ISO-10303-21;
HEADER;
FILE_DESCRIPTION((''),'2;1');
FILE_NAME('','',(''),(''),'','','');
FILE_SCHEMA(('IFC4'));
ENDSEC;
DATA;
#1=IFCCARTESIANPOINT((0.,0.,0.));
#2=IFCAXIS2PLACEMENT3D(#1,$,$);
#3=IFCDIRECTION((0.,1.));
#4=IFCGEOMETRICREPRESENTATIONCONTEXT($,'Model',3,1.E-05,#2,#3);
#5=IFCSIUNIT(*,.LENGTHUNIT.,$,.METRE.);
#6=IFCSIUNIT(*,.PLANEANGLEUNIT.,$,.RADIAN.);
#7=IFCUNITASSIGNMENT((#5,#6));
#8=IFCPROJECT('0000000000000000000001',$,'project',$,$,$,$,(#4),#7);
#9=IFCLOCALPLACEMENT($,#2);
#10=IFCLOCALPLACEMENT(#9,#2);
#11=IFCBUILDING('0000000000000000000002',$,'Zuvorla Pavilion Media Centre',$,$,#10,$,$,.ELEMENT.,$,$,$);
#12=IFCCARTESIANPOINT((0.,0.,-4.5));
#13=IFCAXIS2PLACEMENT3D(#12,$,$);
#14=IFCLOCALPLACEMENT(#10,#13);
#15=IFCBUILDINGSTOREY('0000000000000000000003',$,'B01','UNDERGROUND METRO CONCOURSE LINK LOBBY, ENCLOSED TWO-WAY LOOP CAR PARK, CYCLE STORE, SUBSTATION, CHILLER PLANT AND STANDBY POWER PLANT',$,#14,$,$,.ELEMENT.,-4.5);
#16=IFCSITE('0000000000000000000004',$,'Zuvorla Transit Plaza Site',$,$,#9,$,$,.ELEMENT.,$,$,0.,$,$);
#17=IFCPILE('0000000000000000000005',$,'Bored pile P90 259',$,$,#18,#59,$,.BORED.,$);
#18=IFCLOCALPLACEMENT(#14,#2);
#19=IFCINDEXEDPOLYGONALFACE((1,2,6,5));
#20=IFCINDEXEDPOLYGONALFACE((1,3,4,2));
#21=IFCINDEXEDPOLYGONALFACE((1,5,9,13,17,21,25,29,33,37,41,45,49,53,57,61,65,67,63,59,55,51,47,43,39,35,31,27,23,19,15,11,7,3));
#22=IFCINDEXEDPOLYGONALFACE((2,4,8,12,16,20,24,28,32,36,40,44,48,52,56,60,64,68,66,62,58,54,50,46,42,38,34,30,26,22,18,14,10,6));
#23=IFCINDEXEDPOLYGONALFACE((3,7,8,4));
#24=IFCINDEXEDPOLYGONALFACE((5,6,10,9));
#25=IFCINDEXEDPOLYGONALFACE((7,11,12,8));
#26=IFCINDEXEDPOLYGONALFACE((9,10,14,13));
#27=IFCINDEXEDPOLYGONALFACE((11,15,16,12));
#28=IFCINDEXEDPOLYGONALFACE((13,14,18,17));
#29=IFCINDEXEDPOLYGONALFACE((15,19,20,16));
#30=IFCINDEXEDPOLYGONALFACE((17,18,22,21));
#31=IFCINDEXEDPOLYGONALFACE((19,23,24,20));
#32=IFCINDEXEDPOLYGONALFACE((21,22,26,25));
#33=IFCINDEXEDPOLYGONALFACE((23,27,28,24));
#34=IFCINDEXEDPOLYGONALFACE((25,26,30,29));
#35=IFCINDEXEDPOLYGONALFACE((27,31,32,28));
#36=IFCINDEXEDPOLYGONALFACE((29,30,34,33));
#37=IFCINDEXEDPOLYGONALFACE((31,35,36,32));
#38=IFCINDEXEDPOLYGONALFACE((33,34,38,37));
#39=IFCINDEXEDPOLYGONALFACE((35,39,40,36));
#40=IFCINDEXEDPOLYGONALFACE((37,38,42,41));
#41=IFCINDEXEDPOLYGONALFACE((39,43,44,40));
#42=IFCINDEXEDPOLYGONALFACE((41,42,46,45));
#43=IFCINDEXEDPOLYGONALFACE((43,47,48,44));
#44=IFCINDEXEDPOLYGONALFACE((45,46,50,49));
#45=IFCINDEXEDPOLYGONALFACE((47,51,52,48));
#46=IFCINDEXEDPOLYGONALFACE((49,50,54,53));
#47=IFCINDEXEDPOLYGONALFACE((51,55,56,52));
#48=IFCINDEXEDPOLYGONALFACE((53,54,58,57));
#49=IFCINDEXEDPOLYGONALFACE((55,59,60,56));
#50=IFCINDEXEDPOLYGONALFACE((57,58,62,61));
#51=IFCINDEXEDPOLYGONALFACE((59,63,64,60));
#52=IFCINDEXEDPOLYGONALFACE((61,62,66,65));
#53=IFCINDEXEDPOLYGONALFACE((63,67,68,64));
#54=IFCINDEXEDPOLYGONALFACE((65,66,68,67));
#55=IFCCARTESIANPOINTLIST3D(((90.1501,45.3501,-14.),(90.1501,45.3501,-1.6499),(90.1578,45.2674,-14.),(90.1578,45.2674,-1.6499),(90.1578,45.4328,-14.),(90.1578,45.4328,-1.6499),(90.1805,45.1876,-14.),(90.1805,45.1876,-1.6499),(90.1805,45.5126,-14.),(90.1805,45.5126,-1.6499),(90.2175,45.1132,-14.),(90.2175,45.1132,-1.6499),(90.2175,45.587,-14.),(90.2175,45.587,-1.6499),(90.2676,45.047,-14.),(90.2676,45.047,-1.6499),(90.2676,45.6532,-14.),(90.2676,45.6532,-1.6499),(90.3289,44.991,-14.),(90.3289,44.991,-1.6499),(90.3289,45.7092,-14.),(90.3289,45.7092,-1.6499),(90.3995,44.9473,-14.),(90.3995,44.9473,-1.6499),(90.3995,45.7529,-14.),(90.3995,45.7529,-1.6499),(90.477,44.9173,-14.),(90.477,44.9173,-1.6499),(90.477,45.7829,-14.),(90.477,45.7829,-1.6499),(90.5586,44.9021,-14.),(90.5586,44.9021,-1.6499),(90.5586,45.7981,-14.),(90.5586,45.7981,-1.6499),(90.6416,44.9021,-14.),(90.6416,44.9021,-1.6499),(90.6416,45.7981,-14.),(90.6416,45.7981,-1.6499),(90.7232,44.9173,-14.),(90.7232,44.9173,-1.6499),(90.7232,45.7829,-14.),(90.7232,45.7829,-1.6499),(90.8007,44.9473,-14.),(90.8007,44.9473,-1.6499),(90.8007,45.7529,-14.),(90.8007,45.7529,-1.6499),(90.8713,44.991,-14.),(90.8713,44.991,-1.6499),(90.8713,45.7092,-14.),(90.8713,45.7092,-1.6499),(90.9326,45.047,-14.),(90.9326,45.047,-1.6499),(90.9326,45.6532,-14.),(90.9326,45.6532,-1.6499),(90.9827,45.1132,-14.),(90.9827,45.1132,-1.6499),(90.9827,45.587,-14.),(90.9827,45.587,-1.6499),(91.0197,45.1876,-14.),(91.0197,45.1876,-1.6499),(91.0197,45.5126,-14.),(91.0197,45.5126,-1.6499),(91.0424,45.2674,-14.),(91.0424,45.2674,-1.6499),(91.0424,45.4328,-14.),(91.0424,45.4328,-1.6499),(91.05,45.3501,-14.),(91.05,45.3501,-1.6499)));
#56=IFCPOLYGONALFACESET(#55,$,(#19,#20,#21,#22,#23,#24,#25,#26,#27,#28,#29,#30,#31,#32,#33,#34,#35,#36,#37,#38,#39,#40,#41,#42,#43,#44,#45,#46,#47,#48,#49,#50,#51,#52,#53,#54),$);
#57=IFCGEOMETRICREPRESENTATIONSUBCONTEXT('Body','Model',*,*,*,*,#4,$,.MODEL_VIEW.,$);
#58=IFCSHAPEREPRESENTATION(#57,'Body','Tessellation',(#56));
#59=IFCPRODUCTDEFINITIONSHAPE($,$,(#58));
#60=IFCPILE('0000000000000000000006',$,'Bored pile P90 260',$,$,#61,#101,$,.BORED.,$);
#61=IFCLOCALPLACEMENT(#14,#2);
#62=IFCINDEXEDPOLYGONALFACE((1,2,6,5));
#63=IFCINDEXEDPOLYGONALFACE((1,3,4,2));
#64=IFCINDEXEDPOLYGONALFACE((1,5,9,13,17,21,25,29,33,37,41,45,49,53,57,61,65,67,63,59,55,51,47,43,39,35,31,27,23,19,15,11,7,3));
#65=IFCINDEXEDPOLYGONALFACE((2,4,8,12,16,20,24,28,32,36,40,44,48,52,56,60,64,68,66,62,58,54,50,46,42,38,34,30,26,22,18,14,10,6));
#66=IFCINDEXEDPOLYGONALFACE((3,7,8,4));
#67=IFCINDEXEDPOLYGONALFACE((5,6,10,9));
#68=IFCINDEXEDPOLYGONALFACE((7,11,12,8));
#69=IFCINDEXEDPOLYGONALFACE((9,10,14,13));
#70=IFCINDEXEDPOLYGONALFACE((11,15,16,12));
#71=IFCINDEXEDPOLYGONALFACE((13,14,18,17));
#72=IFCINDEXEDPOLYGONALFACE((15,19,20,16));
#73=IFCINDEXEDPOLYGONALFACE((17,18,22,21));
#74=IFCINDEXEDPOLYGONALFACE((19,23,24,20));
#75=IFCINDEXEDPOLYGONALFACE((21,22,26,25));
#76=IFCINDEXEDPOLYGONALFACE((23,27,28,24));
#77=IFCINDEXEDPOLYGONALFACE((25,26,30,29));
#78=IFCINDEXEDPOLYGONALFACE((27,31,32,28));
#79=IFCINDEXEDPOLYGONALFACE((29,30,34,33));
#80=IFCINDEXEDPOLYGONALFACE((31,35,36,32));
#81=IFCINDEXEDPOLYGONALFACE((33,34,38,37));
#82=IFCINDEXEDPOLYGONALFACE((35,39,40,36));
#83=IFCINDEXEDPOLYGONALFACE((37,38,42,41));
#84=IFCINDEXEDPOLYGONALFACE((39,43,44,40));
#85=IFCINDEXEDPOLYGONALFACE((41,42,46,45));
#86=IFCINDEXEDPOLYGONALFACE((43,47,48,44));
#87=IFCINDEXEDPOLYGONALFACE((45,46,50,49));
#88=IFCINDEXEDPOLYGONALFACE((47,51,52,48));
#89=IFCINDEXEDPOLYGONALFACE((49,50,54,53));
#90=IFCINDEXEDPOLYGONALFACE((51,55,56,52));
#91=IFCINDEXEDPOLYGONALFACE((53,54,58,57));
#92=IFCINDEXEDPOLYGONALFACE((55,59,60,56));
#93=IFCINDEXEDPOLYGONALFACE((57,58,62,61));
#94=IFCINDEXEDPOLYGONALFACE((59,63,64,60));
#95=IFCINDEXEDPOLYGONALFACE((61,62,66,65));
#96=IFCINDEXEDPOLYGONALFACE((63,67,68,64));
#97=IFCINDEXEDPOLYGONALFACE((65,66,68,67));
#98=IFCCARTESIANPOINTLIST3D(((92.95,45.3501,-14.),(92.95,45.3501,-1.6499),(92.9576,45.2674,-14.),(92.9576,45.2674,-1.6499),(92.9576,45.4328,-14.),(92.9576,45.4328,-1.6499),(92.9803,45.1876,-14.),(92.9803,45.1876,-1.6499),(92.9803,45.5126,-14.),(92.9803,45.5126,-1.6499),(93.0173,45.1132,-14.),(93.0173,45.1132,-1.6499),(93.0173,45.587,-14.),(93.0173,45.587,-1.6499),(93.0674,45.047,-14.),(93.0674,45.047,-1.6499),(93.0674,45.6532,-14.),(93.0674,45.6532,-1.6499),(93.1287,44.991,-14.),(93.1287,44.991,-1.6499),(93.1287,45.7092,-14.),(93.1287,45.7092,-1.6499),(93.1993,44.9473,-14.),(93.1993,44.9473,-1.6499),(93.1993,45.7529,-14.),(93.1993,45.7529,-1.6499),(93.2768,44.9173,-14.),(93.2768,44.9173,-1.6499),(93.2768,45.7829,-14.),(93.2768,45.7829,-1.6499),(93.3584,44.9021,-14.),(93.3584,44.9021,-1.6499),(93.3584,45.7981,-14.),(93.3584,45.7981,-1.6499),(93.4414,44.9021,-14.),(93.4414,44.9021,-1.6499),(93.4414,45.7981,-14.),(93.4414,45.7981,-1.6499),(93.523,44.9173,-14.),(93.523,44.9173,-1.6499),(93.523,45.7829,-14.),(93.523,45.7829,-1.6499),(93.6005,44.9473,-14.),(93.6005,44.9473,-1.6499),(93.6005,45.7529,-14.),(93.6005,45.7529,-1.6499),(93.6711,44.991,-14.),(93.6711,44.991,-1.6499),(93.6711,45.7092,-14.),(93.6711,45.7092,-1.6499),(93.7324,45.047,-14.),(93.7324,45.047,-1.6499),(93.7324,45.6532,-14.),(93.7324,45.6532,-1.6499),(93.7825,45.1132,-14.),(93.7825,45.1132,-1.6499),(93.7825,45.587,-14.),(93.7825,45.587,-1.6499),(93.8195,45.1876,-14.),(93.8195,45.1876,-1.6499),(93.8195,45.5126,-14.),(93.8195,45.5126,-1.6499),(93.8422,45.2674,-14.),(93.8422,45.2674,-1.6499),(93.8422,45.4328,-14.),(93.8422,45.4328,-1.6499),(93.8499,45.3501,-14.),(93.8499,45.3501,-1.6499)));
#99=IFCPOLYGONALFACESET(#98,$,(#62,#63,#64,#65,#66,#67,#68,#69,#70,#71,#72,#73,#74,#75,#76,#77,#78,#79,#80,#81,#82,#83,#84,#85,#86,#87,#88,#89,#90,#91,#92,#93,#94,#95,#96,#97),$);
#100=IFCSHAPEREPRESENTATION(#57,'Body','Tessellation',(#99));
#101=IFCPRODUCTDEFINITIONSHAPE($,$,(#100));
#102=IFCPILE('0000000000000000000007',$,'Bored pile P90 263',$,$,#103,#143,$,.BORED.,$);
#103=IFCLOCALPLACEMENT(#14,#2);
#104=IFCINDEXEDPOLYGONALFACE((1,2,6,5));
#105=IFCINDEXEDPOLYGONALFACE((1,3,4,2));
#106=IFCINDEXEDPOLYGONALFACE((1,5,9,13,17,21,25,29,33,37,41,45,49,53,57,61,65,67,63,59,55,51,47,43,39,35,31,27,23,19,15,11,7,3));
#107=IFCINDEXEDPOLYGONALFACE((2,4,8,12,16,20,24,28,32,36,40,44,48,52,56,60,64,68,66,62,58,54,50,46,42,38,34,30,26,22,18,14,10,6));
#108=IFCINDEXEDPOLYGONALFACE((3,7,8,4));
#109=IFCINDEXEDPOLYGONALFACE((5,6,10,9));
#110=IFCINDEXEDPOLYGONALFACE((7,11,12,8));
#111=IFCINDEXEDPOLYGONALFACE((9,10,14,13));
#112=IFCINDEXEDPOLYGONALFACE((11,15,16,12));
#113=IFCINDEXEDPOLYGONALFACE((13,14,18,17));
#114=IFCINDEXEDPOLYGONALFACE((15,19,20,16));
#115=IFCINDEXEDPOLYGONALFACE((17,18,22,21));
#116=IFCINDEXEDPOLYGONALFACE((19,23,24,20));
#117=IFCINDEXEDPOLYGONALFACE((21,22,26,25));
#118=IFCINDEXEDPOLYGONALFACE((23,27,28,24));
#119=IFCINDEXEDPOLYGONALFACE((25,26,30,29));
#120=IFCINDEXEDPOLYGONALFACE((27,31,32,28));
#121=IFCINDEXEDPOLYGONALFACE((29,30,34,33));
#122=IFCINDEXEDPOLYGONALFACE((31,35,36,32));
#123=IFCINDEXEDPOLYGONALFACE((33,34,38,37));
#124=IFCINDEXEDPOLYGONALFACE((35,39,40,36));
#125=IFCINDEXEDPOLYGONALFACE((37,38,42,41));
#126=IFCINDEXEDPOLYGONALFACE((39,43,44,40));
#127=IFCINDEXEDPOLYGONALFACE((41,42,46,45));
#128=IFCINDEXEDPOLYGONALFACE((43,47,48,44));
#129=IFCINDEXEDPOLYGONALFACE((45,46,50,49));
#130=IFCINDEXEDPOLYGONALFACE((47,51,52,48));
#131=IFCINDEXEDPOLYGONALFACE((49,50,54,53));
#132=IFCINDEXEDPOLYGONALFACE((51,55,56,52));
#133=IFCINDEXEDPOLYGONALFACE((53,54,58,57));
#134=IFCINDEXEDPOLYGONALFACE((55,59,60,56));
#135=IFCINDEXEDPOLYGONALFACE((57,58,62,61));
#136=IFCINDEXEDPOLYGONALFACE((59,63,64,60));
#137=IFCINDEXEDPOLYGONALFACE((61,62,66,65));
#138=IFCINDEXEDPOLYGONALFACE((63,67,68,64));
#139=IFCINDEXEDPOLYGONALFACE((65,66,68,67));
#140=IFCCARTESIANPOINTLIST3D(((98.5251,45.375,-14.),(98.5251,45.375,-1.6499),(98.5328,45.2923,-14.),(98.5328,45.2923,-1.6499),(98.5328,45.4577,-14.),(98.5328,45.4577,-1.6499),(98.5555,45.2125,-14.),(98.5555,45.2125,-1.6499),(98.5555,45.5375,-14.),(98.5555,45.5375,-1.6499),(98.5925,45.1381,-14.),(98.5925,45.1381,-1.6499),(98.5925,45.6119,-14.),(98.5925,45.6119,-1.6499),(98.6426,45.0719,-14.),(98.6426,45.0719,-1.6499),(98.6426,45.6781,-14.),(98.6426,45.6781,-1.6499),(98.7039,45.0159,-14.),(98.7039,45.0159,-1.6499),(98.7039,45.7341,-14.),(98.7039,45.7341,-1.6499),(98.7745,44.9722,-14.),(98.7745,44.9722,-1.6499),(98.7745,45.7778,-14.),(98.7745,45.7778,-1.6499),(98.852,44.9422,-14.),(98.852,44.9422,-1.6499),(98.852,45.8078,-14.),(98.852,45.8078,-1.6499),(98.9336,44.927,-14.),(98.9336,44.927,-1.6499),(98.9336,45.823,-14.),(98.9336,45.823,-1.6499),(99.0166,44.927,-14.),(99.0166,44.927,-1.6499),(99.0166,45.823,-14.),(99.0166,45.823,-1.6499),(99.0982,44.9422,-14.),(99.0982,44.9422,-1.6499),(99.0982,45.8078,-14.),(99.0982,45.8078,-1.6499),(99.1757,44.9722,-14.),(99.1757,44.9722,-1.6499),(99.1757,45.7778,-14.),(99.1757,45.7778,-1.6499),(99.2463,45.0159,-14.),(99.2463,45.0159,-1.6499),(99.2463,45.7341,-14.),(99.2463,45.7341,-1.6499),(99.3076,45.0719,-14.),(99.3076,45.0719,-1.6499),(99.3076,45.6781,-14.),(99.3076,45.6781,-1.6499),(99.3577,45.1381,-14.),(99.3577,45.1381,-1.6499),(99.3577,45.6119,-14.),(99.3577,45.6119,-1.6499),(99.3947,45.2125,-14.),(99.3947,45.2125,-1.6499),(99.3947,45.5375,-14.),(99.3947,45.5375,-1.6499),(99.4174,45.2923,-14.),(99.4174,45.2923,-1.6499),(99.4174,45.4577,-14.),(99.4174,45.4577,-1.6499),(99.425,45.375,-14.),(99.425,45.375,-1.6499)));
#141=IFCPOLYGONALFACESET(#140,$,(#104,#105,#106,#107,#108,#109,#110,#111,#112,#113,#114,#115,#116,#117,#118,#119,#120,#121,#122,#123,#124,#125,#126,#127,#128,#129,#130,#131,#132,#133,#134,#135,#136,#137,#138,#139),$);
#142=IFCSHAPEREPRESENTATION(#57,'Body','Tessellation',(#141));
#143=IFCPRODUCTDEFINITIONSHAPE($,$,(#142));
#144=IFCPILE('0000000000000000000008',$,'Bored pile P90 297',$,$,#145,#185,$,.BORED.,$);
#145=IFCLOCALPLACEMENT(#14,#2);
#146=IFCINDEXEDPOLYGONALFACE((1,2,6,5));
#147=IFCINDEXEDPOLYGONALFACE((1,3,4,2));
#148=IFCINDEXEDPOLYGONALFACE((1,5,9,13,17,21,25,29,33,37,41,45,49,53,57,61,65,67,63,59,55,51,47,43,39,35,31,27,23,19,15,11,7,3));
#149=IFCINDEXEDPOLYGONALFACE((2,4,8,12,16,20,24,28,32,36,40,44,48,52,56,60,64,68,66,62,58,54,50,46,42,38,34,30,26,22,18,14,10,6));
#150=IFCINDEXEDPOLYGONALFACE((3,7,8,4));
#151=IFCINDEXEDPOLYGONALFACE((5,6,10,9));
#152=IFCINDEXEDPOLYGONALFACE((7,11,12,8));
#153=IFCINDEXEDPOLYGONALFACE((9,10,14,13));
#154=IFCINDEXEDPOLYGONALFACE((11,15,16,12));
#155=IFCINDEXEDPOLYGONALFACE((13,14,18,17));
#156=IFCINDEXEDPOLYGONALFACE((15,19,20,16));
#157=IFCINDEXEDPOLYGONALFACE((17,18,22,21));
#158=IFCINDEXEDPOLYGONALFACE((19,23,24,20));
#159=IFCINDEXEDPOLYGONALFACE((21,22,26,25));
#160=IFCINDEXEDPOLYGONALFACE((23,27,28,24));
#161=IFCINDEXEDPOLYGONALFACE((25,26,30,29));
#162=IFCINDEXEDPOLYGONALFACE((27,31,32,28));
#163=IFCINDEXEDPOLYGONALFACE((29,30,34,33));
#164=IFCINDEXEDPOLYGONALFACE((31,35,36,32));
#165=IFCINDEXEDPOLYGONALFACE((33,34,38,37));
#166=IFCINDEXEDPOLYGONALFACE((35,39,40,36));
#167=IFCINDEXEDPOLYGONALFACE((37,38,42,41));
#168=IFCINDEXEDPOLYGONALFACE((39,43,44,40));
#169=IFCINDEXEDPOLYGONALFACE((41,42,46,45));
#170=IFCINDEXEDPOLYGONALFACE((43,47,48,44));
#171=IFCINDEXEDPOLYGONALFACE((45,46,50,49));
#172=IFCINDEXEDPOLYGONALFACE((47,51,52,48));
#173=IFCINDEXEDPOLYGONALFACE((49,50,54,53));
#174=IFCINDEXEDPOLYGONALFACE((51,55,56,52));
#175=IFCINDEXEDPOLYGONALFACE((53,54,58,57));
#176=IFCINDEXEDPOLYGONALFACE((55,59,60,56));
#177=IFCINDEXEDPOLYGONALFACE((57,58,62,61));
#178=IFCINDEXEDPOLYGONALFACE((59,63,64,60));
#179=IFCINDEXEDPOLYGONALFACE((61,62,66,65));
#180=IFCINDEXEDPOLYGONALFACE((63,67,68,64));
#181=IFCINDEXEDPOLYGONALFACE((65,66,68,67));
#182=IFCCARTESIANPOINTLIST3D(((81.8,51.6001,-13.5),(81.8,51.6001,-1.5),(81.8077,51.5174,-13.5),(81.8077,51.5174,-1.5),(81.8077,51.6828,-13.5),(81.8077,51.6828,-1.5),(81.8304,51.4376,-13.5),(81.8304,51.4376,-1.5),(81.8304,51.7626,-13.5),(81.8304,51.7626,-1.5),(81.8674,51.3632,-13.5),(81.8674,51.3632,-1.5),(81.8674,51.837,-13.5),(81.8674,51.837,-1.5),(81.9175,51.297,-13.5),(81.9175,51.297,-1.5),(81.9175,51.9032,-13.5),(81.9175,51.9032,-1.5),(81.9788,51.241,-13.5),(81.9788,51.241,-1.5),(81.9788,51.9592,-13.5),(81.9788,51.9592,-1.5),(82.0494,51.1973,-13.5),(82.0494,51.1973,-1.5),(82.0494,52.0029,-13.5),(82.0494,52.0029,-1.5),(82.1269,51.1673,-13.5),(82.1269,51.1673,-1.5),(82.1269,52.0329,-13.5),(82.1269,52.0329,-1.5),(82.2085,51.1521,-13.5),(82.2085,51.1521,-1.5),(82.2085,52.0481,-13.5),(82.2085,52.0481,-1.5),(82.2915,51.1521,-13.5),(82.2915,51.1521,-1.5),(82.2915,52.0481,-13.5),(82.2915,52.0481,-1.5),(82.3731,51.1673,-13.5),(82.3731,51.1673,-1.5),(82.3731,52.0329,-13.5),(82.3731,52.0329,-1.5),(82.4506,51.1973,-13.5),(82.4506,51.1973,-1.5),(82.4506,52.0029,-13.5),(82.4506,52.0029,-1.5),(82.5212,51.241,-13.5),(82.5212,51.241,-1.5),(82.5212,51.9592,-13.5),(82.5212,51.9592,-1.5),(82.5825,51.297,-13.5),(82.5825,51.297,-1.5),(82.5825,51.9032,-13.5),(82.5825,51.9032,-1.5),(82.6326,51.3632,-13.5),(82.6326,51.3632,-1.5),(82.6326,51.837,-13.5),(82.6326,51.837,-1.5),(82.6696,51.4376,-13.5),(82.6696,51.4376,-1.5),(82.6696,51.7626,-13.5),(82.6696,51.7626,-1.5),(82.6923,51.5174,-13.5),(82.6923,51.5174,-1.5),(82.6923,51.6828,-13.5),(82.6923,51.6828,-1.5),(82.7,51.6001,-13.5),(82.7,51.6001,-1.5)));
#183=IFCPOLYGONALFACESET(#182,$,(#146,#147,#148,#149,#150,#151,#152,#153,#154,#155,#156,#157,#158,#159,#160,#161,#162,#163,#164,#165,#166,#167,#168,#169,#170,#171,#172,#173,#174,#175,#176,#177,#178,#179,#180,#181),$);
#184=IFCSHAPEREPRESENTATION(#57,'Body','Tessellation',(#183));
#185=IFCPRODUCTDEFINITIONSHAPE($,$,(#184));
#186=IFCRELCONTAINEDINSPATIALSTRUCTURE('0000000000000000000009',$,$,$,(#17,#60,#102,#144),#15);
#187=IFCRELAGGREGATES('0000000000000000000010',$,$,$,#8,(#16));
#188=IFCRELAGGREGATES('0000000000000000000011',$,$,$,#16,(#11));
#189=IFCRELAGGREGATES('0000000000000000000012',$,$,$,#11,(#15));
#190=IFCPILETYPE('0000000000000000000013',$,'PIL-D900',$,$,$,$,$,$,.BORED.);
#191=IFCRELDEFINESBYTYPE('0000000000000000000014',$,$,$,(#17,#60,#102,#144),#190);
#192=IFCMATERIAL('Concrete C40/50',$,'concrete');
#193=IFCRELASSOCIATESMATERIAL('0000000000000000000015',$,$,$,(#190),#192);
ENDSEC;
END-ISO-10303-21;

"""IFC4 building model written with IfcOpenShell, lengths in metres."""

from ifc_helpers import new_model, si_unit, direction, frame, origin, origin_2d, place, context, subcontext, project, spatial, circle, extrude, material, material_profile, profile_set, type_object, element, save


model = new_model("IFC4")

# Units and contexts
model_context = context("Model", 3, precision=1e-05, world=origin(), true_north=direction((0.0, 1.0)))
body_context = subcontext(model_context, "Body", "Model", "MODEL_VIEW")
ifc_project = project(units=[si_unit("LENGTHUNIT", "METRE"), si_unit("PLANEANGLEUNIT", "RADIAN")], contexts=[model_context])

# Site, building, storey
site_placement = place(None, origin())
site = spatial("IfcSite", under=ifc_project, at=site_placement, Name="Zuvorla Transit Plaza Site", CompositionType="ELEMENT", RefElevation=0.0)
building_placement = place(site_placement, origin())
building = spatial("IfcBuilding", under=site, at=building_placement, Name="Zuvorla Pavilion Media Centre", CompositionType="ELEMENT")
storey_placement = place(building_placement, frame((0.0, 0.0, -4.5)))
storey = spatial("IfcBuildingStorey", under=building, at=storey_placement, Name="B01", Description="UNDERGROUND METRO CONCOURSE LINK LOBBY, ENCLOSED TWO-WAY LOOP CAR PARK, CYCLE STORE, SUBSTATION, CHILLER PLANT AND STANDBY POWER PLANT", CompositionType="ELEMENT", Elevation=-4.5)

# Shared definitions
ifc_material = material(Name="Concrete C40/50", Category="concrete")

# Piles
ifc_material_profile_1 = material_profile(ifc_material, circle(Radius=0.45, at=origin_2d()), Name="BORED PILE 900")
ifc_profile_set_1 = profile_set([ifc_material_profile_1], Name="Concrete C40/50")
pile_type = type_object("IfcPileType", Name="PIL-D900", PredefinedType="BORED", material=ifc_profile_set_1)
for number, where, z_axis, x_axis, name in (
    (1, (90.6001, 45.3501, -1.6499), (0.0, 0.0, -1.0), (1.0, 0.0, 0.0), "Bored pile P90 259"),
    (2, (93.3999, 45.3501, -1.6499), (0.0, 0.0, -1.0), (1.0, 0.0, 0.0), "Bored pile P90 260"),
    (3, (98.9751, 45.375, -1.6499), (0.0, 0.0, -1.0), (1.0, 0.0, 0.0), "Bored pile P90 263"),
):
    element("IfcPile", number, at=place(storey_placement, frame(where, z_axis=z_axis, x_axis=x_axis)), inside=storey, type_object=pile_type, Name=name, PredefinedType="BORED", context=body_context, shape_type="SweptSolid", body=[
        extrude(circle(Radius=0.45, at=origin_2d()), origin(), (0.0, 0.0, 1.0), 12.3501),
    ])
for number, where, z_axis, x_axis, name in (
    (4, (82.25, 51.6001, -1.5), (0.0, 0.0, -1.0), (1.0, 0.0, 0.0), "Bored pile P90 297"),
):
    element("IfcPile", number, at=place(storey_placement, frame(where, z_axis=z_axis, x_axis=x_axis)), inside=storey, type_object=pile_type, Name=name, PredefinedType="BORED", context=body_context, shape_type="SweptSolid", body=[
        extrude(circle(Radius=0.45, at=origin_2d()), origin(), (0.0, 0.0, 1.0), 12.0),
    ])

save(model, "model.ifc")
